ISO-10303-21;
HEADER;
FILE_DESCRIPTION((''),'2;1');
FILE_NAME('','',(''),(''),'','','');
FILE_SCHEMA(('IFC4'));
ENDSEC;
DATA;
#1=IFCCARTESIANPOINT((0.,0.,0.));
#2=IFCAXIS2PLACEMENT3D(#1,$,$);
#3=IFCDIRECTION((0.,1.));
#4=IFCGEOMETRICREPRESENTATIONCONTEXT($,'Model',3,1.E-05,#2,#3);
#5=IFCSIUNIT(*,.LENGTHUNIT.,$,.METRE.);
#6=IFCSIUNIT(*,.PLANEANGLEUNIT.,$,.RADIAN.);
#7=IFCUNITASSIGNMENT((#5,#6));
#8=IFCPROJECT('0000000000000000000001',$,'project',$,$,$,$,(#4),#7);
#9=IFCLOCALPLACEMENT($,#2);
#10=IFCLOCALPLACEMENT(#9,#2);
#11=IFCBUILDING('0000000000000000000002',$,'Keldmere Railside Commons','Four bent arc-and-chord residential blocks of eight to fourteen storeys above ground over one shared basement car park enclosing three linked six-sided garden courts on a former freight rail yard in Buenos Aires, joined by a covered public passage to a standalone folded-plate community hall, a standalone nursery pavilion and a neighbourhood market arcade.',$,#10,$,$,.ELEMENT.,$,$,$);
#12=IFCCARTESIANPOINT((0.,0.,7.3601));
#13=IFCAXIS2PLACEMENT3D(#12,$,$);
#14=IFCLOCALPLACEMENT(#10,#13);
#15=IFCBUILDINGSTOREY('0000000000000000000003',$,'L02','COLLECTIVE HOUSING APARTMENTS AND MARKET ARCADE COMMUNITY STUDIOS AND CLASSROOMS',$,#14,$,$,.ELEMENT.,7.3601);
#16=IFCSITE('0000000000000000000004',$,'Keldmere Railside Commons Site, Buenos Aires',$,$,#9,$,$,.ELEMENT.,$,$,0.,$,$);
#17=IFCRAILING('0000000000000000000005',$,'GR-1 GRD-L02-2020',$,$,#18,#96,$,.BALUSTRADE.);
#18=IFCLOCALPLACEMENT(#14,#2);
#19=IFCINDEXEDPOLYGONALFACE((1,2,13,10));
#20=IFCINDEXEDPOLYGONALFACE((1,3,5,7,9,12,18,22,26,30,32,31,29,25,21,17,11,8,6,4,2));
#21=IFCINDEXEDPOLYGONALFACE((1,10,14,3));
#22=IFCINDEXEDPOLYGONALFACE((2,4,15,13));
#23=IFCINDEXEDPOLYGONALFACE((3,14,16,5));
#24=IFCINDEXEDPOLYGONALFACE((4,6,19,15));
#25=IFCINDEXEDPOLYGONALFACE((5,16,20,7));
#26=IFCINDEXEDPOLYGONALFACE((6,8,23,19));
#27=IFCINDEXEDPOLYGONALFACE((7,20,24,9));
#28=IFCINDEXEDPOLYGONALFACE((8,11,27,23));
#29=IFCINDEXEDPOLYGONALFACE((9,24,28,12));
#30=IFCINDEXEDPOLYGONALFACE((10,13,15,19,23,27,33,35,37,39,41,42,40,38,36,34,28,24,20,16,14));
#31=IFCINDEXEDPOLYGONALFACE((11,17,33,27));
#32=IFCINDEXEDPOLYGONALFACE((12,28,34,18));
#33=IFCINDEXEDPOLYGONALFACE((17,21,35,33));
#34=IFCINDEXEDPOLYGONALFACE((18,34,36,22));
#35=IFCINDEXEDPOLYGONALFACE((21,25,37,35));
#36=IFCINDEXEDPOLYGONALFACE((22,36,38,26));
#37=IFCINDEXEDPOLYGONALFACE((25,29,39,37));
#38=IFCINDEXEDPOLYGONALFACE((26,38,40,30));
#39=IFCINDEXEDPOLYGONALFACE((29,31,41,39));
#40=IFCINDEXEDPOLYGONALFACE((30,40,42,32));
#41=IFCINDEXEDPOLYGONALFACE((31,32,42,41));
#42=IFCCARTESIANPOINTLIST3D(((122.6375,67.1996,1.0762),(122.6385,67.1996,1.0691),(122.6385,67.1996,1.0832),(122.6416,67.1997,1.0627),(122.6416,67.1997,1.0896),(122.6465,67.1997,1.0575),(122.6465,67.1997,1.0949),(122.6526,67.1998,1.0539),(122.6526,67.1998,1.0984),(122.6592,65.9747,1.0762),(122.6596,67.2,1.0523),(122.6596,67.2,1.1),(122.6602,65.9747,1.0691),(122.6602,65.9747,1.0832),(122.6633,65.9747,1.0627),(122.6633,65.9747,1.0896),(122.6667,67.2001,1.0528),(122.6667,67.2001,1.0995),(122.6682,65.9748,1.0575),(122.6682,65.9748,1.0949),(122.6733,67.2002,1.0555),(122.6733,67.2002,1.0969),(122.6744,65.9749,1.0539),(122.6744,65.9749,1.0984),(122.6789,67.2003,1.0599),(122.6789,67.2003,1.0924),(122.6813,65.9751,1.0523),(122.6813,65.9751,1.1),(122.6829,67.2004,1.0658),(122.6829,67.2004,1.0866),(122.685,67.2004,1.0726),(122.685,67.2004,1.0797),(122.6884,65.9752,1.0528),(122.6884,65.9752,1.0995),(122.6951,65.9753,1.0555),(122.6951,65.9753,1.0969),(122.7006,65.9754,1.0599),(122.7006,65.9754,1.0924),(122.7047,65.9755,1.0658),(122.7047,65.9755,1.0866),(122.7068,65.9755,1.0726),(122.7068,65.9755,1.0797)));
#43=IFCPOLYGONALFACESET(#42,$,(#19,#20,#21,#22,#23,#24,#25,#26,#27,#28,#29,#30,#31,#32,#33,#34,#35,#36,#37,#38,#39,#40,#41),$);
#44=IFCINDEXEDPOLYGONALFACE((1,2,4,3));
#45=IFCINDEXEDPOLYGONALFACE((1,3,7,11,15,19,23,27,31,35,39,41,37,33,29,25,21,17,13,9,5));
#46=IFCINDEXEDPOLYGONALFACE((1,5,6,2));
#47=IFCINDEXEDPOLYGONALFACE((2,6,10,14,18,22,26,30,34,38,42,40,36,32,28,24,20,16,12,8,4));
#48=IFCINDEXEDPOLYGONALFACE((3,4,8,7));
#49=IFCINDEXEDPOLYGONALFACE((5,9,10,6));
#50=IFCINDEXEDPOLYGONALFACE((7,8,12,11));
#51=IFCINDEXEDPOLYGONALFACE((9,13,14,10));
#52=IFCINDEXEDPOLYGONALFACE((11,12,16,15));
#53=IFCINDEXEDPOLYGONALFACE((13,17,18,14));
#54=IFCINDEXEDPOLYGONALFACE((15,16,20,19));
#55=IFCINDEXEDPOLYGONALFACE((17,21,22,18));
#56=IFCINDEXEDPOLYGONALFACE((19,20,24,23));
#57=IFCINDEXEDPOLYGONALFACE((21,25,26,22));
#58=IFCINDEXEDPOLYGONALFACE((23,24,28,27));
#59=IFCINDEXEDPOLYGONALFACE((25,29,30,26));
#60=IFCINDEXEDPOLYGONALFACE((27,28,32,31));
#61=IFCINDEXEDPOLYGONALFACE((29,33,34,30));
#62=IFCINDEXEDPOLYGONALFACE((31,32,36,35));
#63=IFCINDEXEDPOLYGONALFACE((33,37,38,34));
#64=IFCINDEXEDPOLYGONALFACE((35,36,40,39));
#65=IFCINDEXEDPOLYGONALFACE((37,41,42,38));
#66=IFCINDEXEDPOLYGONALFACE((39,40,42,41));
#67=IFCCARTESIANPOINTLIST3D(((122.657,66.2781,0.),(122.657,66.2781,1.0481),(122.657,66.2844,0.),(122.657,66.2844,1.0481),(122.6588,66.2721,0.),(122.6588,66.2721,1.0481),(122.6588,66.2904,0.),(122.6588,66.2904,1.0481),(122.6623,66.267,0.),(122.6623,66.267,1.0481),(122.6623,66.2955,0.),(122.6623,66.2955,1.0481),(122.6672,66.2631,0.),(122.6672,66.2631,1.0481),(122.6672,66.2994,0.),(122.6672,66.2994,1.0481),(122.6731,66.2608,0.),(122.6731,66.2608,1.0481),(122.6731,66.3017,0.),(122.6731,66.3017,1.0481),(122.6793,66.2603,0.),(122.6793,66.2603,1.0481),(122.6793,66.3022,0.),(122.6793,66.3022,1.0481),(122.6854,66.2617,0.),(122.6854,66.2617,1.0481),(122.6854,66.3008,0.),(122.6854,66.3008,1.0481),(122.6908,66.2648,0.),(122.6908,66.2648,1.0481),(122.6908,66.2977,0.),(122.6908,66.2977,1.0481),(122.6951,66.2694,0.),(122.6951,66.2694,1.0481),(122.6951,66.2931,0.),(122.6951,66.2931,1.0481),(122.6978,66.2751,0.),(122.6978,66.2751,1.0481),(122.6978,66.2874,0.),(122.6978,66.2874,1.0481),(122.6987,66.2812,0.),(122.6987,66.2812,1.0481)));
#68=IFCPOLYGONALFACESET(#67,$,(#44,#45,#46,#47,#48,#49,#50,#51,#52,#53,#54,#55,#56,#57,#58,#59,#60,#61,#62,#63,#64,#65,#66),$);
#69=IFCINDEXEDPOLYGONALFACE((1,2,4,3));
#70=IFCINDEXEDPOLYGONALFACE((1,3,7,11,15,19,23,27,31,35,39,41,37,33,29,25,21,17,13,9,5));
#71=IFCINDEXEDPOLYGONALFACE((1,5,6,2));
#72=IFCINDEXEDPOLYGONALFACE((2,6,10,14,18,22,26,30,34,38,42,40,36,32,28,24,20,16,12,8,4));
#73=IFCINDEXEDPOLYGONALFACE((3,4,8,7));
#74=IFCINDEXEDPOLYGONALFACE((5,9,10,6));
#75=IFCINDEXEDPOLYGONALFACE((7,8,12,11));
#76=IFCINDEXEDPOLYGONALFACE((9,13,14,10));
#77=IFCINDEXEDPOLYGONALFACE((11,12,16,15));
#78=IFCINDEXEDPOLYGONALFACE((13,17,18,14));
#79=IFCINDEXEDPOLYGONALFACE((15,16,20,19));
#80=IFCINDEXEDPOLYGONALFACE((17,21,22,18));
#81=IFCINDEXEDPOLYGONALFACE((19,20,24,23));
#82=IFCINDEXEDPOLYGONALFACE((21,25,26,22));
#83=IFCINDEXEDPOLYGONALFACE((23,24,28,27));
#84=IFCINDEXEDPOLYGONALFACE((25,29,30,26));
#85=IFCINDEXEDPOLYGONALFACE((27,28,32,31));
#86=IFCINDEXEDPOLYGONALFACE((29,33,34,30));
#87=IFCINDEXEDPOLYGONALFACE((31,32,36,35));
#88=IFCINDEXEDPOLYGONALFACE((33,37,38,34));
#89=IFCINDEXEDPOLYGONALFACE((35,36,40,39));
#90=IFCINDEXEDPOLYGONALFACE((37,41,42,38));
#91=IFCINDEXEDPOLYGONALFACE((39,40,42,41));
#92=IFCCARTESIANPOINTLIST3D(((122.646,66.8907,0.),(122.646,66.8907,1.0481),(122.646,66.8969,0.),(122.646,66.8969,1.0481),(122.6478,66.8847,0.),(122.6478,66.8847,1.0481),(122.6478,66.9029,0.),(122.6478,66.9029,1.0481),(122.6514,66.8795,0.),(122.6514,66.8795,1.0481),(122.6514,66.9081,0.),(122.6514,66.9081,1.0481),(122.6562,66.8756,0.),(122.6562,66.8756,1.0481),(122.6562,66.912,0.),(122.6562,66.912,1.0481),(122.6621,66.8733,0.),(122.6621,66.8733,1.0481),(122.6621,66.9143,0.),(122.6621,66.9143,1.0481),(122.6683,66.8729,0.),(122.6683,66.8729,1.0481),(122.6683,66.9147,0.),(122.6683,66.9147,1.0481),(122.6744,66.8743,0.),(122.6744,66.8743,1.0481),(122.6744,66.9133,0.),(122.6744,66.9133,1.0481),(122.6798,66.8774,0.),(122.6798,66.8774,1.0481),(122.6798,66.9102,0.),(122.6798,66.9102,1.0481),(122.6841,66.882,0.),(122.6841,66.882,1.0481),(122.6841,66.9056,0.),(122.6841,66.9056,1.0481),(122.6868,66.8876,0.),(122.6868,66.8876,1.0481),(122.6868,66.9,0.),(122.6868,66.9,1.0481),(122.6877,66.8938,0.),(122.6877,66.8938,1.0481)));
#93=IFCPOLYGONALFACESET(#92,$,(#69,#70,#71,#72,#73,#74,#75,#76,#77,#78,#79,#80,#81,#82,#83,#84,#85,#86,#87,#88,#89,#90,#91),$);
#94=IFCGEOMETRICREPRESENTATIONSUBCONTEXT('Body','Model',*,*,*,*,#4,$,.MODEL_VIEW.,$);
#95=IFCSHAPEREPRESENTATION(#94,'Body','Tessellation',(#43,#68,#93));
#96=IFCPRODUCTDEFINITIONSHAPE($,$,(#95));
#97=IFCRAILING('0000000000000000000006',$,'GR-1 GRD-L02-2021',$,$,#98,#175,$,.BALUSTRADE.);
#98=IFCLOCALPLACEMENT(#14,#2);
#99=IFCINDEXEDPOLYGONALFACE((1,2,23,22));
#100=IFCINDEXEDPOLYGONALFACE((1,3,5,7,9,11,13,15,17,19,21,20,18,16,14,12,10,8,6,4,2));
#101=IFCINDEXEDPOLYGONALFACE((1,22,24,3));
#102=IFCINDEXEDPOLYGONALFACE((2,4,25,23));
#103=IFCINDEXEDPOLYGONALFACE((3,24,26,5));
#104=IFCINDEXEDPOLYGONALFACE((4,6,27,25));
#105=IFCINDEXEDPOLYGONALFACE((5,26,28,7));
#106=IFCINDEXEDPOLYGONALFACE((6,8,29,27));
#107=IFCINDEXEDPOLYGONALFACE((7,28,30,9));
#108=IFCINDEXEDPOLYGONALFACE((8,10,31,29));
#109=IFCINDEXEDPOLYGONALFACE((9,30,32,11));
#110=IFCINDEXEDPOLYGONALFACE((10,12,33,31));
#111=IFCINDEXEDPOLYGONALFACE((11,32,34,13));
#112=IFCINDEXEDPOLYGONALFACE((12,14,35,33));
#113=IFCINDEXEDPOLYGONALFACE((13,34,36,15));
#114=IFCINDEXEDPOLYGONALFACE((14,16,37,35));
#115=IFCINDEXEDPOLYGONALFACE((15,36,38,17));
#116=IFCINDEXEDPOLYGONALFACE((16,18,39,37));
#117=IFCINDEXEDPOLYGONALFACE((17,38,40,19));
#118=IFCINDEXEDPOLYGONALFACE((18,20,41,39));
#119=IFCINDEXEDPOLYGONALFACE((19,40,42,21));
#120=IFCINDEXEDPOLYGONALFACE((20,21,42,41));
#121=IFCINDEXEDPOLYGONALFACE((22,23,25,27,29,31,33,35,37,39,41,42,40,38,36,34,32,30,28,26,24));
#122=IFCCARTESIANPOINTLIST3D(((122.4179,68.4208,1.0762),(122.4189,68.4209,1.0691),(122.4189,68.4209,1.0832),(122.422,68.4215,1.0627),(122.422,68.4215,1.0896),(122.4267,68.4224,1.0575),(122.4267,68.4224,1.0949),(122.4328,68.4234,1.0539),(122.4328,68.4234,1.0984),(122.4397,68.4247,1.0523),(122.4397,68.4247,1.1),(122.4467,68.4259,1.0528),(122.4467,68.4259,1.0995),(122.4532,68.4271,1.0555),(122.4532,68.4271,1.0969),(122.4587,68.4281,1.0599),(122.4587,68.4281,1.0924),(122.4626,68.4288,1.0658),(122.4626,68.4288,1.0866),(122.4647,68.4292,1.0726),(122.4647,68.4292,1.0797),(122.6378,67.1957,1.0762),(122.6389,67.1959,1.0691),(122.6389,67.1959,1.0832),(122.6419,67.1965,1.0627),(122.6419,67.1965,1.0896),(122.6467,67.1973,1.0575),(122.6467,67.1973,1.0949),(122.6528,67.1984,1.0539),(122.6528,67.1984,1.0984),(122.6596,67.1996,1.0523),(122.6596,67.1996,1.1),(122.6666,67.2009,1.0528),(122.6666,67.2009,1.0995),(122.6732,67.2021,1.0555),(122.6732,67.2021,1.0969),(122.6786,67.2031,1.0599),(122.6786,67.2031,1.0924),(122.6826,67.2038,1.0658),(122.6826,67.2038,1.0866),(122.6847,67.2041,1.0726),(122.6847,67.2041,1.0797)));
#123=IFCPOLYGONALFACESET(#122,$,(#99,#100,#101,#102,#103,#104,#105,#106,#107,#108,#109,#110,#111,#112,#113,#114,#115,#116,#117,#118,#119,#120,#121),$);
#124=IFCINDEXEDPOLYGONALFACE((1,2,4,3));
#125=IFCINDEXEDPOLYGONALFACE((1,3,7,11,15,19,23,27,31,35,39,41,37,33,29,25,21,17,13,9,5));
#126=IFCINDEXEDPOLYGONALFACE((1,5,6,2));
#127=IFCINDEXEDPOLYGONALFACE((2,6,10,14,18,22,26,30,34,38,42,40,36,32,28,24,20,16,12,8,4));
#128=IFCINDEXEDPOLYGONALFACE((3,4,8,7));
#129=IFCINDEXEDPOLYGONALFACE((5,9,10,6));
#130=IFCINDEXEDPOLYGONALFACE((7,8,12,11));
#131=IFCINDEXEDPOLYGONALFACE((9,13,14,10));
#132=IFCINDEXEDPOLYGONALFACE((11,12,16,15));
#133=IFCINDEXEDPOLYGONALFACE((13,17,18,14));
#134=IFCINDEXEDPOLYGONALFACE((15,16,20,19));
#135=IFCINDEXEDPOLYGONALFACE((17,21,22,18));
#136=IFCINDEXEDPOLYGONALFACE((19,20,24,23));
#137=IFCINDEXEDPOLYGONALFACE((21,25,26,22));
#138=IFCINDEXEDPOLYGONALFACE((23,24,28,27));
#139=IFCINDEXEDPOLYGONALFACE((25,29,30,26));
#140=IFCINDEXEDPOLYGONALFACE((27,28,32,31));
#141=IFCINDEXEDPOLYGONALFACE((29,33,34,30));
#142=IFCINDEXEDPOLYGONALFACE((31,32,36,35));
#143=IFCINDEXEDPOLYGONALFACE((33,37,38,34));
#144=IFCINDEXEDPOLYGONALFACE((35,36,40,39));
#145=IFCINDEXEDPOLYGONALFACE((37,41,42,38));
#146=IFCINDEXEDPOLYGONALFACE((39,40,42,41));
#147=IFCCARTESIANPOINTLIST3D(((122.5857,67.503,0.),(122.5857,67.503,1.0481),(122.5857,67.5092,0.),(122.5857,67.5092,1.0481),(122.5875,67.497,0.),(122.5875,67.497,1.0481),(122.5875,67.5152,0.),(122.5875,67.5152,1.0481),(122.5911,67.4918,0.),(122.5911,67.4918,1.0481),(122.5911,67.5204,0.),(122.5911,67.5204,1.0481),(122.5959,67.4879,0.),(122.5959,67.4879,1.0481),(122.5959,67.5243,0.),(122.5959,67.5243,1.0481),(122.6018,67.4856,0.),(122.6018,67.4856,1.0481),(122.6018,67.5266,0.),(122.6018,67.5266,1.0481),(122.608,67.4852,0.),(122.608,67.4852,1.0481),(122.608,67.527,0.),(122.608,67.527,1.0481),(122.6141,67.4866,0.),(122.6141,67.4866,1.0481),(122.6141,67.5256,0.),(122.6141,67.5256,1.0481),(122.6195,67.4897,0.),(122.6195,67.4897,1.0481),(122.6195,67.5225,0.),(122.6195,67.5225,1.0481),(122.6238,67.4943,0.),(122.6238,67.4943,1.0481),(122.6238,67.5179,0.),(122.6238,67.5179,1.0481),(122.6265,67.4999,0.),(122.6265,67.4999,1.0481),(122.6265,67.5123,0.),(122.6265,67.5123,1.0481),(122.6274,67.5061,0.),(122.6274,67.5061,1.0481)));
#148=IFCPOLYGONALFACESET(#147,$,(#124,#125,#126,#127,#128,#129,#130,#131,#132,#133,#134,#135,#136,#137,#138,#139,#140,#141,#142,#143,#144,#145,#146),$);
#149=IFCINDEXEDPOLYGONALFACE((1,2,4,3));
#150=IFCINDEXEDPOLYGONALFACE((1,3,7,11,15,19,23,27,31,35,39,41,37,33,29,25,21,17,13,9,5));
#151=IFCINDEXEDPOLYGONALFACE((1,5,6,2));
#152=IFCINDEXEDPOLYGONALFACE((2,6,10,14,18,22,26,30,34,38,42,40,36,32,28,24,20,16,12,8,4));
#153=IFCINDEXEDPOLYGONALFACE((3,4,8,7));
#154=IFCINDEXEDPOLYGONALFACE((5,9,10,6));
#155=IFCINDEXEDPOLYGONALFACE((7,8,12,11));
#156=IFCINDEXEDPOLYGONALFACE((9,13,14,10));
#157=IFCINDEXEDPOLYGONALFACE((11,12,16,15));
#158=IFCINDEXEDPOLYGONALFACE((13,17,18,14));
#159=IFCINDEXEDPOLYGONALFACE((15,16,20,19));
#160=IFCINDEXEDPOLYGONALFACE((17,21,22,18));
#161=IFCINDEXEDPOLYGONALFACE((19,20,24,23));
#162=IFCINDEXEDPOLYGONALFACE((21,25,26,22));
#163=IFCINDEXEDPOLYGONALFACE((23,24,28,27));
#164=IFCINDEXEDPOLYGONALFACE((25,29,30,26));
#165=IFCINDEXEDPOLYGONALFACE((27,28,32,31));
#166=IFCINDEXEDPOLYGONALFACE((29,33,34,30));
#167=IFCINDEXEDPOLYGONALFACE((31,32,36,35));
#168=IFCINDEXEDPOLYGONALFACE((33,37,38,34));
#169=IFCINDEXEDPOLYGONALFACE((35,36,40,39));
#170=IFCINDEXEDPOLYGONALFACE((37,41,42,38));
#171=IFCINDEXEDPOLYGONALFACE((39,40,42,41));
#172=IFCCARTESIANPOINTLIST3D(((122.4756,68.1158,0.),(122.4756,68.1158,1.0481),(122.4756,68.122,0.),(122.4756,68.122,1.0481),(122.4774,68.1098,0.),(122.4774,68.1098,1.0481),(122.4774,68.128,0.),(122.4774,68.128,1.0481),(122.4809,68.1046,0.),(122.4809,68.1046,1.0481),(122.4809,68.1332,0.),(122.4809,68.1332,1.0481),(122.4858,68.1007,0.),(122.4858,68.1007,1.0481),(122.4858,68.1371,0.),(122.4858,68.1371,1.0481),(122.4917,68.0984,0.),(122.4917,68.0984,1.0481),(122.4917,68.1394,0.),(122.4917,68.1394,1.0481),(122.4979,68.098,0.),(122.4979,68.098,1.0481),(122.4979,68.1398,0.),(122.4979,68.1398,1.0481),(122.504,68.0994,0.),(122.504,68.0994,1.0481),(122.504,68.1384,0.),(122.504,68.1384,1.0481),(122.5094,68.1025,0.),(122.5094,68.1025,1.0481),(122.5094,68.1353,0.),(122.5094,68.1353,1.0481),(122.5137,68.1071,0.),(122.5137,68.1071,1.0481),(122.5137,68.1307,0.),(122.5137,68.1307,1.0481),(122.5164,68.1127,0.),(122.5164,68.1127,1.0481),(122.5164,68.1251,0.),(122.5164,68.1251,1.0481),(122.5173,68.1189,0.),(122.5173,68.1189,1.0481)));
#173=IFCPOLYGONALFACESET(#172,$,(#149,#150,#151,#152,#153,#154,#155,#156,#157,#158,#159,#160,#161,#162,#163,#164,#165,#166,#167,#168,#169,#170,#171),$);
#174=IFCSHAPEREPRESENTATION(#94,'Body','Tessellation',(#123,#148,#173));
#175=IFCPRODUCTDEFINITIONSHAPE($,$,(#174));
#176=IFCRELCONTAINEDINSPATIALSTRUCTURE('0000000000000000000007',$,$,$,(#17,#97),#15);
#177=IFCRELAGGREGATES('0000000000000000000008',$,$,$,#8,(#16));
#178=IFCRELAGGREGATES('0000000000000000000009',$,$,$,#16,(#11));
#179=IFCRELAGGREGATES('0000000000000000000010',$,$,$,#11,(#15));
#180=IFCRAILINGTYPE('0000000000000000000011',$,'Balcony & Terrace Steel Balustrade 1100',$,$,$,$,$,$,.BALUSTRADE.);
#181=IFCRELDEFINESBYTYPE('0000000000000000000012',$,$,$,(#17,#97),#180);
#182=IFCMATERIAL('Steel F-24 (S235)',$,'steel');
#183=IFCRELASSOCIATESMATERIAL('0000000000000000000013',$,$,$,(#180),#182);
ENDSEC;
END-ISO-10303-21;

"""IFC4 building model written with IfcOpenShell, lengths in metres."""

from ifc_helpers import new_model, si_unit, direction, frame, origin, origin_2d, place, context, subcontext, project, spatial, circle, extrude, material, type_object, element, save


model = new_model("IFC4")

# Units and contexts
model_context = context("Model", 3, precision=1e-05, world=origin(), true_north=direction((0.0, 1.0)))
body_context = subcontext(model_context, "Body", "Model", "MODEL_VIEW")
ifc_project = project(units=[si_unit("LENGTHUNIT", "METRE"), si_unit("PLANEANGLEUNIT", "RADIAN")], contexts=[model_context])

# Site, building, storey
site_placement = place(None, origin())
site = spatial("IfcSite", under=ifc_project, at=site_placement, Name="Keldmere Railside Commons Site, Buenos Aires", CompositionType="ELEMENT", RefElevation=0.0)
building_placement = place(site_placement, origin())
building = spatial("IfcBuilding", under=site, at=building_placement, Name="Keldmere Railside Commons", Description="Four bent arc-and-chord residential blocks of eight to fourteen storeys above ground over one shared basement car park enclosing three linked six-sided garden courts on a former freight rail yard in Buenos Aires, joined by a covered public passage to a standalone folded-plate community hall, a standalone nursery pavilion and a neighbourhood market arcade.", CompositionType="ELEMENT")
storey_placement = place(building_placement, frame((0.0, 0.0, 7.3601)))
storey = spatial("IfcBuildingStorey", under=building, at=storey_placement, Name="L02", Description="COLLECTIVE HOUSING APARTMENTS AND MARKET ARCADE COMMUNITY STUDIOS AND CLASSROOMS", CompositionType="ELEMENT", Elevation=7.3601)

# Railings
ifc_material_1 = material(Name="Steel F-24 (S235)", Category="steel")
railing_type = type_object("IfcRailingType", Name="Balcony & Terrace Steel Balustrade 1100", PredefinedType="BALUSTRADE", material=ifc_material_1)
railing_1_placement = place(storey_placement, frame((122.6831, 65.9751, 0.0)))
element("IfcRailing", 1, at=railing_1_placement, inside=storey, type_object=railing_type, Name="GR-1 GRD-L02-2020", PredefinedType="BALUSTRADE", context=body_context, shape_type="SweptSolid", body=[
    extrude(circle(Radius=0.0239, at=origin_2d()), frame((0.0, 0.0, 1.0762), z_axis=(-0.017737, 0.999843, 0.0), x_axis=(-0.999843, -0.017737, 0.0)), (0.0, 0.0, 1.0), 1.2251),
    extrude(circle(Radius=0.021, at=origin_2d()), frame((-0.0054, 0.3062, 0.0)), (0.0, 0.0, 1.0), 1.0481),
    extrude(circle(Radius=0.021, at=origin_2d()), frame((-0.0164, 0.9187, 0.0)), (0.0, 0.0, 1.0), 1.0481),
])
railing_2_placement = place(storey_placement, frame((122.6614, 67.2, 0.0)))
element("IfcRailing", 2, at=railing_2_placement, inside=storey, type_object=railing_type, Name="GR-1 GRD-L02-2021", PredefinedType="BALUSTRADE", context=body_context, shape_type="SweptSolid", body=[
    extrude(circle(Radius=0.0239, at=origin_2d()), frame((0.0, 0.0, 1.0762), z_axis=(-0.176727, 0.98426, 0.0), x_axis=(-0.98426, -0.176727, 0.0)), (0.0, 0.0, 1.0), 1.2446),
    extrude(circle(Radius=0.021, at=origin_2d()), frame((-0.0549, 0.3062, 0.0)), (0.0, 0.0, 1.0), 1.0481),
    extrude(circle(Radius=0.021, at=origin_2d()), frame((-0.165, 0.9189, 0.0)), (0.0, 0.0, 1.0), 1.0481),
])

save(model, "model.ifc")
